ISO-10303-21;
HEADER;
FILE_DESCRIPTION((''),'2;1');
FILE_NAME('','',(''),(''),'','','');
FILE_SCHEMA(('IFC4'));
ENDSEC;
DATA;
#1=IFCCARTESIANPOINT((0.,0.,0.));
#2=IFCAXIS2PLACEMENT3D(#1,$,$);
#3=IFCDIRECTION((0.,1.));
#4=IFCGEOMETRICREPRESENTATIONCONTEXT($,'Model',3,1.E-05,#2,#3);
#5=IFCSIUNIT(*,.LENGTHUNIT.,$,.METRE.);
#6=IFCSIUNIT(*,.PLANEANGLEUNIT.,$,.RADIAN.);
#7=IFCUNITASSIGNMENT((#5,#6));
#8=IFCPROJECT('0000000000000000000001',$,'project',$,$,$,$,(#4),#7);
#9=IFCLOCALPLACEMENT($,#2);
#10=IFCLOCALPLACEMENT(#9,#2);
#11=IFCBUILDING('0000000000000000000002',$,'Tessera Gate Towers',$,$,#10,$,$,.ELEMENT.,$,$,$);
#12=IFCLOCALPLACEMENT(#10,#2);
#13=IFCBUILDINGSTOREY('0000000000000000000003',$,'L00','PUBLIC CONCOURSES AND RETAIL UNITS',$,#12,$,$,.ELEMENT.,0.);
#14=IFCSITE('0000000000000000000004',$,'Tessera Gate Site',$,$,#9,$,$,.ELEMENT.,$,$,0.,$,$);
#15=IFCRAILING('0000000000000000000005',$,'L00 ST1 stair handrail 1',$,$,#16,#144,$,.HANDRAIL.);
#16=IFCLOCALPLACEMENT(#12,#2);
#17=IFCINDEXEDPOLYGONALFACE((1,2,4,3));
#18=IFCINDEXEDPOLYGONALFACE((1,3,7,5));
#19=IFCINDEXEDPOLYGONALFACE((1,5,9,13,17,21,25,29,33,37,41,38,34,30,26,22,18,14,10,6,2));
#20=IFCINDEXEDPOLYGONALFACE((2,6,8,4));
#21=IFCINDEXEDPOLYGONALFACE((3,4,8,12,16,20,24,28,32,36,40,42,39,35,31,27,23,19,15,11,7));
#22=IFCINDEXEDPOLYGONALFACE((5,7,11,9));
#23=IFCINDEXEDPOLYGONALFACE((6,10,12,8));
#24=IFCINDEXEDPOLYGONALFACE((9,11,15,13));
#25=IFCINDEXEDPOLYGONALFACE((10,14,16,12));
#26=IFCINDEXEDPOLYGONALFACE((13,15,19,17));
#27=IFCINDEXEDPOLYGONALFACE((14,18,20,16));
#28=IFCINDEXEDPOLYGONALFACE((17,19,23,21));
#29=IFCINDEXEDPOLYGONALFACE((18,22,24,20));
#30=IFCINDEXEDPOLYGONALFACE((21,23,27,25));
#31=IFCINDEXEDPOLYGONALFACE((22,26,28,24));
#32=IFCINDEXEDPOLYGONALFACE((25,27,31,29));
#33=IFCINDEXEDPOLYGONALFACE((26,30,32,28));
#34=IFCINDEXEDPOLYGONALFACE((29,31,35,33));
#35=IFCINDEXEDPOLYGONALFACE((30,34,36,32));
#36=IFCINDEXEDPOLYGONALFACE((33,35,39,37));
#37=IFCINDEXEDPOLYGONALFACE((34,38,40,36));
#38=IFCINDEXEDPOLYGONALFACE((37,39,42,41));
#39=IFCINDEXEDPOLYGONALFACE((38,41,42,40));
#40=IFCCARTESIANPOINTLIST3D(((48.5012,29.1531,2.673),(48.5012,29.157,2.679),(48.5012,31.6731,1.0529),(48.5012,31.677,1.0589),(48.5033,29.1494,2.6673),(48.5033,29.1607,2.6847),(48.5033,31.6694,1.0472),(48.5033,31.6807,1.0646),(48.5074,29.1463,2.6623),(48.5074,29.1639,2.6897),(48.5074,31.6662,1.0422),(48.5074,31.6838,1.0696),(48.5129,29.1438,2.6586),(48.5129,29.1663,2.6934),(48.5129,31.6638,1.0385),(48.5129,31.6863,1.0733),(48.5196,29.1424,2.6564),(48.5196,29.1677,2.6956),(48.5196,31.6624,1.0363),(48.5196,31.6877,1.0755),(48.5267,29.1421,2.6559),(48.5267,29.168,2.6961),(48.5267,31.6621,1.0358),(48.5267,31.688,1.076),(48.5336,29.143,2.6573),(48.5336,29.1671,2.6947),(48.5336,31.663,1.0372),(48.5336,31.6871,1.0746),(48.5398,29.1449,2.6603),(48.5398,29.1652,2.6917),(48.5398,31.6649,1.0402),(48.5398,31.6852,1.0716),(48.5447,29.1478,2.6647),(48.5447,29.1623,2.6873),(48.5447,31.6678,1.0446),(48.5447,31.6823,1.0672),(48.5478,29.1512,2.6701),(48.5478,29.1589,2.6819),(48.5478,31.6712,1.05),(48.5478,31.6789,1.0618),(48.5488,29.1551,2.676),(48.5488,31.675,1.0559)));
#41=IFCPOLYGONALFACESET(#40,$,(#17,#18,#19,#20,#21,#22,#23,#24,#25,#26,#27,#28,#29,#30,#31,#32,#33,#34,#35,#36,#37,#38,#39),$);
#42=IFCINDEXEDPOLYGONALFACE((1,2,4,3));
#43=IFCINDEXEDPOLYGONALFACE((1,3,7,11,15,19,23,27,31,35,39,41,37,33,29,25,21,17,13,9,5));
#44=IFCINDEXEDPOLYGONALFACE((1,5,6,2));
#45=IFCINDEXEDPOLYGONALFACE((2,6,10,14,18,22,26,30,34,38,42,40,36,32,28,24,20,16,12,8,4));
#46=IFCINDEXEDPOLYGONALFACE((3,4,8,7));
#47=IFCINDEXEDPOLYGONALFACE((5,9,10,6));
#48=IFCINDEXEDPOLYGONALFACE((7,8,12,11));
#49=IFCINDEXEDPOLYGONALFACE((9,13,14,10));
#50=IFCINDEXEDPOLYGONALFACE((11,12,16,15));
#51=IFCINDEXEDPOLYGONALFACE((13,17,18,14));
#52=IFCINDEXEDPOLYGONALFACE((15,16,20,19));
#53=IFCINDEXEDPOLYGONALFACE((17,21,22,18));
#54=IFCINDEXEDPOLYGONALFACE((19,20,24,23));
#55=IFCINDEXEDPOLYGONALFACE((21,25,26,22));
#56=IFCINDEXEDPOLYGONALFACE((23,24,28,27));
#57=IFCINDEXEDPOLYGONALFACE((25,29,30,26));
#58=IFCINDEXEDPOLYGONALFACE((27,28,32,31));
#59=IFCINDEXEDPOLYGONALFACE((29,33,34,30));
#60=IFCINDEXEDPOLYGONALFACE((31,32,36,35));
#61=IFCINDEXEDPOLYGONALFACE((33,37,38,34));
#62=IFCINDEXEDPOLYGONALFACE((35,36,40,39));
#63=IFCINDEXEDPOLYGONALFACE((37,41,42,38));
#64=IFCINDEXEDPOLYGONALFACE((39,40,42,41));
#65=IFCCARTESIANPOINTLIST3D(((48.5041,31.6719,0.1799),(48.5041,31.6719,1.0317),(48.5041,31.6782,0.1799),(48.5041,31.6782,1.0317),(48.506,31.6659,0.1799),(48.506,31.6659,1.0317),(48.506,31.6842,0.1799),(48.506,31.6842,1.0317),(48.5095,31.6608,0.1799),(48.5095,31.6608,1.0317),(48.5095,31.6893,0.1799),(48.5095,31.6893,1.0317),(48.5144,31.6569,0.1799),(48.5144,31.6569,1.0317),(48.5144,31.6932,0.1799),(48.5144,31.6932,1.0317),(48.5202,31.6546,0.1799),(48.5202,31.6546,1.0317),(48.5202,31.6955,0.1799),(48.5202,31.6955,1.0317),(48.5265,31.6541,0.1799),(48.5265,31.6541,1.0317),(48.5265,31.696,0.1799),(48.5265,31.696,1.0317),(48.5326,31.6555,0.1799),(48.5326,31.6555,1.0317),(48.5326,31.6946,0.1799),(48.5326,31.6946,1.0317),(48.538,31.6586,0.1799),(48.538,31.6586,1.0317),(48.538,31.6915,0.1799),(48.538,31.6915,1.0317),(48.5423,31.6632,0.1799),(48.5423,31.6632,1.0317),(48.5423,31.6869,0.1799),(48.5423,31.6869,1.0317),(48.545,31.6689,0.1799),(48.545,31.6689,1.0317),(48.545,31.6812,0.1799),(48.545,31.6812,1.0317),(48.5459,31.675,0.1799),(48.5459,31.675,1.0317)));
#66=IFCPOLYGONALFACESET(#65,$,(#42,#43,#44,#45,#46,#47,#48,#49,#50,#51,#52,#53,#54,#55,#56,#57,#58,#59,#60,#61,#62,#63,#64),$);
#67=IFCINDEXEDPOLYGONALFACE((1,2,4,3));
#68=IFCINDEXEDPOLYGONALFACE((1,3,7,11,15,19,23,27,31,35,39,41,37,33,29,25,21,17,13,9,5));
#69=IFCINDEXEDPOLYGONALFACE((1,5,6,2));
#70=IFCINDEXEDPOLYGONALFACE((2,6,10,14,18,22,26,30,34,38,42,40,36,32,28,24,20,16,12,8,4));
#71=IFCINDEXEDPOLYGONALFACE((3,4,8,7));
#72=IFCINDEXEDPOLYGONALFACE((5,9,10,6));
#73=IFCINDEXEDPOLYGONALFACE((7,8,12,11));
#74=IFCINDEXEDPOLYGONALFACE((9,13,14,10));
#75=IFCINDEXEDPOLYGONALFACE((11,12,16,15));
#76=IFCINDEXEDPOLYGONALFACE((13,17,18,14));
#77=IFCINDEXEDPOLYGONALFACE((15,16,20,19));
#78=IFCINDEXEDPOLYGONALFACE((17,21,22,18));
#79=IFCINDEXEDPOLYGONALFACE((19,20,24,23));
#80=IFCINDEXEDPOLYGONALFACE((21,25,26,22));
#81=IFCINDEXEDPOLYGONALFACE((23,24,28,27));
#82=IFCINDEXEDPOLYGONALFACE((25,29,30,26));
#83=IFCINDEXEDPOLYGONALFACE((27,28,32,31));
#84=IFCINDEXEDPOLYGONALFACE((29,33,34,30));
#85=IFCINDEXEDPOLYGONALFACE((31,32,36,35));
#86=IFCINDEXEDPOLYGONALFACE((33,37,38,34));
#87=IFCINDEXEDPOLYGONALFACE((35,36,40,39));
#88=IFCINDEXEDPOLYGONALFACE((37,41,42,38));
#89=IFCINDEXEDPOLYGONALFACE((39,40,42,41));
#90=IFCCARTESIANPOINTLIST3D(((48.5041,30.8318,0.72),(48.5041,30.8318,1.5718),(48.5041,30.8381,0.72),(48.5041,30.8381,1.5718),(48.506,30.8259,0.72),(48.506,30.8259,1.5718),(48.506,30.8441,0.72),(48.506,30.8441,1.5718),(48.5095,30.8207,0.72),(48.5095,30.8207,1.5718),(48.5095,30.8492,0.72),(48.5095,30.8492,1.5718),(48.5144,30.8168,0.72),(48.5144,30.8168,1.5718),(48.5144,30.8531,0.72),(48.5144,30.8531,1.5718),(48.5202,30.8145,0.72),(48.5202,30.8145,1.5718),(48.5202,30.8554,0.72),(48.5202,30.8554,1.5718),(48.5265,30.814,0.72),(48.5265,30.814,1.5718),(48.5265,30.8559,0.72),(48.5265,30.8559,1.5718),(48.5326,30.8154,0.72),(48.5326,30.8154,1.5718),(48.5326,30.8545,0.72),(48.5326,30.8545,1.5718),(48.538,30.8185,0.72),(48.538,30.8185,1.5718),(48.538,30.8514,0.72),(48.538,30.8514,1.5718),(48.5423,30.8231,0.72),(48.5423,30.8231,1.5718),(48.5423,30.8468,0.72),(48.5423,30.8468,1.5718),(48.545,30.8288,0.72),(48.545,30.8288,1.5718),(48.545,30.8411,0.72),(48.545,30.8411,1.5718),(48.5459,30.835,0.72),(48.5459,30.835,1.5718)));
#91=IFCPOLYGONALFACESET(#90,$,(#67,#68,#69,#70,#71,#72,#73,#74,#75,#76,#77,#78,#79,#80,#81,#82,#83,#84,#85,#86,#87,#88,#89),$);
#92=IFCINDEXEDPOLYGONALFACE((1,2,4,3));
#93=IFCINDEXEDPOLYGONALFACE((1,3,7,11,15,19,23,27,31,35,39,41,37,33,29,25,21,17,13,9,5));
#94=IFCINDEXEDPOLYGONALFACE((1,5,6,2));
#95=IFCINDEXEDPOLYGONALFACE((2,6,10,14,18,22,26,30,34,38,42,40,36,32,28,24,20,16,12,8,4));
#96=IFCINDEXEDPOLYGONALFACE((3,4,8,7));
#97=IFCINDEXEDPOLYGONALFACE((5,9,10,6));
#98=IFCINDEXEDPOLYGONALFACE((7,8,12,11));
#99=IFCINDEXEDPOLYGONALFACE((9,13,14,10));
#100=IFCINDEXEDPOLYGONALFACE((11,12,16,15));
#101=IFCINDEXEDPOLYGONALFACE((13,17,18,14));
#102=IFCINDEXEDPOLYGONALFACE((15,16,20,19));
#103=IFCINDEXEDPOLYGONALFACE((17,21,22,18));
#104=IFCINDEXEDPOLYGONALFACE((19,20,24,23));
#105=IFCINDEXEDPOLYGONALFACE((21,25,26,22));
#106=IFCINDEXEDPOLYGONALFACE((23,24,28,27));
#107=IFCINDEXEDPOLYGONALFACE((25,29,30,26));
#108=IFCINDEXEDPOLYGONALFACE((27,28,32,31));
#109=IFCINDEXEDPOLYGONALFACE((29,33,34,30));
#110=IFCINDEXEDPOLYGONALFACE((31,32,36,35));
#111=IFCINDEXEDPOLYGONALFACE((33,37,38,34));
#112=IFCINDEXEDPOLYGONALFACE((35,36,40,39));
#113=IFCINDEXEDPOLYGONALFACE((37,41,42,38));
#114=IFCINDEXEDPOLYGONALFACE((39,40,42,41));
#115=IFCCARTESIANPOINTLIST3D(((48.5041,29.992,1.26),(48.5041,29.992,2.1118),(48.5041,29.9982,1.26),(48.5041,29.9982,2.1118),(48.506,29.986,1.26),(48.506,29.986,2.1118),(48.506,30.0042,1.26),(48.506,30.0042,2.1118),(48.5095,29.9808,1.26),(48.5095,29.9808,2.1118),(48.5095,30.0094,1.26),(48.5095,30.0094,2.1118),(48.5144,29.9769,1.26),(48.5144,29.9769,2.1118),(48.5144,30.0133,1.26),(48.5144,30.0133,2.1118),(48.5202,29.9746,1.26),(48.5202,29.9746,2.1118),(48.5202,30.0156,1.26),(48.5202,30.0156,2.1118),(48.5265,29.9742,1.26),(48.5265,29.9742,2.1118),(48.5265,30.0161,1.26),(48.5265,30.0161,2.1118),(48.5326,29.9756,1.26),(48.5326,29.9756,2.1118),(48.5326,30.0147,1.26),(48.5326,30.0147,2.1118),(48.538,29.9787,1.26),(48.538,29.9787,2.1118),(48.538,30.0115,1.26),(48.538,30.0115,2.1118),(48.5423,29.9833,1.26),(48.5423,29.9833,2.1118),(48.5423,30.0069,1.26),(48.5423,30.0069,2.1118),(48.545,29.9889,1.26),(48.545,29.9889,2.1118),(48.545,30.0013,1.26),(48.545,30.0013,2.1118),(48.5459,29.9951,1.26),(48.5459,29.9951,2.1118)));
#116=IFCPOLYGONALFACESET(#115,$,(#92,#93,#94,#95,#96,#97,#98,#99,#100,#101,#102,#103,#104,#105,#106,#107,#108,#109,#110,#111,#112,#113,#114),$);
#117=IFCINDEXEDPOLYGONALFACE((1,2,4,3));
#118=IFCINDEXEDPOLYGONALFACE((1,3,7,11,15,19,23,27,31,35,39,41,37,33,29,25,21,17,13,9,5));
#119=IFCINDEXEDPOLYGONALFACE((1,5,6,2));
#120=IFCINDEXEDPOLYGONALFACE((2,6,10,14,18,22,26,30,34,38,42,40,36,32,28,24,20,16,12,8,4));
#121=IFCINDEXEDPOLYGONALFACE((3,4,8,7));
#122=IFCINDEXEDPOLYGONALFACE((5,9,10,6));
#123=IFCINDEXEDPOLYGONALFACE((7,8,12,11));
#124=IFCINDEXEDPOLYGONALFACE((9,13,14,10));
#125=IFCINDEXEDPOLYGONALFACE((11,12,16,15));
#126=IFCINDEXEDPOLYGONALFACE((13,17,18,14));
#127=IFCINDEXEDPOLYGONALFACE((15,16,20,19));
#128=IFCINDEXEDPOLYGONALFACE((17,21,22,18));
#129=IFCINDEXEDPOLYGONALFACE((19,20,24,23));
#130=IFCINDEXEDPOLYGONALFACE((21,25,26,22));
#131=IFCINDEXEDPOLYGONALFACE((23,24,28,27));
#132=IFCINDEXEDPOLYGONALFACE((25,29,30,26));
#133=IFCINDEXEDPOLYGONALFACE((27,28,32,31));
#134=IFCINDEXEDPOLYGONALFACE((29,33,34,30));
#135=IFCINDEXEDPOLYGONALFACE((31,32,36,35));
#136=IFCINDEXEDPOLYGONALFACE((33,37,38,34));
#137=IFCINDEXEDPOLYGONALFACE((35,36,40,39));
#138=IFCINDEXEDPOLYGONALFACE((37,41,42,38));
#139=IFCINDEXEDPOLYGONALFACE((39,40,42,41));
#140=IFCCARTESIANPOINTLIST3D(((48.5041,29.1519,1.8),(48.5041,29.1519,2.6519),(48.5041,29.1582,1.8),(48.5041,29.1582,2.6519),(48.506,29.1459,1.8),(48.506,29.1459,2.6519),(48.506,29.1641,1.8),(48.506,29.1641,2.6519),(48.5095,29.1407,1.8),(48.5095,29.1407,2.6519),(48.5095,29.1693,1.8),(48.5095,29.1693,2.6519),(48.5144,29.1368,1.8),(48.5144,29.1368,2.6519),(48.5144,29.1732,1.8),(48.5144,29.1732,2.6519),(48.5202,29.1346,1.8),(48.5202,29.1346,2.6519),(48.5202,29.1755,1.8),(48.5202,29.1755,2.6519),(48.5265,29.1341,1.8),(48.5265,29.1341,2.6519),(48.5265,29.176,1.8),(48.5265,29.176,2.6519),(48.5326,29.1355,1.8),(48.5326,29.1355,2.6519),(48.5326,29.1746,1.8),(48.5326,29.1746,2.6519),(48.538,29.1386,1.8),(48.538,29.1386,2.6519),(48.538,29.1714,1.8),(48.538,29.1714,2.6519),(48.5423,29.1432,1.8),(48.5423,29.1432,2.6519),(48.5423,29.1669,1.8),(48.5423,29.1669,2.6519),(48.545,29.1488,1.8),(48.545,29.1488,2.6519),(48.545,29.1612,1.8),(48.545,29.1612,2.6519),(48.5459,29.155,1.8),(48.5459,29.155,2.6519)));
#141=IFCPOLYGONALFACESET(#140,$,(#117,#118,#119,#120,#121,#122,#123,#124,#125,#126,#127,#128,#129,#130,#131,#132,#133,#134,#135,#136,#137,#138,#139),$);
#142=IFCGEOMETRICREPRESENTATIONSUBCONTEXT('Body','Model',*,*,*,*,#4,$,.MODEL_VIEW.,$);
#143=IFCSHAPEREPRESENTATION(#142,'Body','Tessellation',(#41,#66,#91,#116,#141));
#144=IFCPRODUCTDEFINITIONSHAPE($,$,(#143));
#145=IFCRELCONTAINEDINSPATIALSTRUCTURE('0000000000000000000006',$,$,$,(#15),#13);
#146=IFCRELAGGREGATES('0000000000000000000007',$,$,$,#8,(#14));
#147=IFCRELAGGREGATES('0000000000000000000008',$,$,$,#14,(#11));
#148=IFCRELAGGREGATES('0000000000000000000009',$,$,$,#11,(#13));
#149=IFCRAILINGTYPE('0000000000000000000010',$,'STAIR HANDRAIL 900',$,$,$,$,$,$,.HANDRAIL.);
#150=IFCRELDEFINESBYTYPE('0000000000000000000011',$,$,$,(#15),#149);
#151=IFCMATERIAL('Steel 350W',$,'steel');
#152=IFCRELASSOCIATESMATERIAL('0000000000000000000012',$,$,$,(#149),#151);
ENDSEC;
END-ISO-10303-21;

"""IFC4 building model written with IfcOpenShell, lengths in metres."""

from ifc_helpers import new_model, si_unit, direction, frame, origin, origin_2d, place, context, subcontext, project, spatial, circle, extrude, material, type_object, element, save


model = new_model("IFC4")

# Units and contexts
model_context = context("Model", 3, precision=1e-05, world=origin(), true_north=direction((0.0, 1.0)))
body_context = subcontext(model_context, "Body", "Model", "MODEL_VIEW")
ifc_project = project(units=[si_unit("LENGTHUNIT", "METRE"), si_unit("PLANEANGLEUNIT", "RADIAN")], contexts=[model_context])

# Site, building, storey
site_placement = place(None, origin())
site = spatial("IfcSite", under=ifc_project, at=site_placement, Name="Tessera Gate Site", CompositionType="ELEMENT", RefElevation=0.0)
building_placement = place(site_placement, origin())
building = spatial("IfcBuilding", under=site, at=building_placement, Name="Tessera Gate Towers", CompositionType="ELEMENT")
storey_placement = place(building_placement, origin())
storey = spatial("IfcBuildingStorey", under=building, at=storey_placement, Name="L00", Description="PUBLIC CONCOURSES AND RETAIL UNITS", CompositionType="ELEMENT", Elevation=0.0)

# Railing
ifc_material_1 = material(Name="Steel 350W", Category="steel")
railing_type_1 = type_object("IfcRailingType", Name="STAIR HANDRAIL 900", PredefinedType="HANDRAIL", material=ifc_material_1)
railing_1_placement = place(storey_placement, frame((48.5249, 31.675, 0.1799)))
element("IfcRailing", 1, at=railing_1_placement, inside=storey, type_object=railing_type_1, Name="L00 ST1 stair handrail 1", PredefinedType="HANDRAIL", context=body_context, shape_type="SweptSolid", body=[
    extrude(circle(Radius=0.0239, at=origin_2d()), frame((0.0, 0.0, 0.876), z_axis=(0.0, -0.841163, 0.540782), x_axis=(1.0, 0.0, 0.0)), (0.0, 0.0, 1.0), 2.9958),
    extrude(circle(Radius=0.021, at=origin_2d()), origin(), (0.0, 0.0, 1.0), 0.8518),
    extrude(circle(Radius=0.021, at=origin_2d()), frame((0.0, -0.8401, 0.54)), (0.0, 0.0, 1.0), 0.8518),
    extrude(circle(Radius=0.021, at=origin_2d()), frame((0.0, -1.6799, 1.0801)), (0.0, 0.0, 1.0), 0.8518),
    extrude(circle(Radius=0.021, at=origin_2d()), frame((0.0, -2.52, 1.6201)), (0.0, 0.0, 1.0), 0.8518),
])

save(model, "model.ifc")
